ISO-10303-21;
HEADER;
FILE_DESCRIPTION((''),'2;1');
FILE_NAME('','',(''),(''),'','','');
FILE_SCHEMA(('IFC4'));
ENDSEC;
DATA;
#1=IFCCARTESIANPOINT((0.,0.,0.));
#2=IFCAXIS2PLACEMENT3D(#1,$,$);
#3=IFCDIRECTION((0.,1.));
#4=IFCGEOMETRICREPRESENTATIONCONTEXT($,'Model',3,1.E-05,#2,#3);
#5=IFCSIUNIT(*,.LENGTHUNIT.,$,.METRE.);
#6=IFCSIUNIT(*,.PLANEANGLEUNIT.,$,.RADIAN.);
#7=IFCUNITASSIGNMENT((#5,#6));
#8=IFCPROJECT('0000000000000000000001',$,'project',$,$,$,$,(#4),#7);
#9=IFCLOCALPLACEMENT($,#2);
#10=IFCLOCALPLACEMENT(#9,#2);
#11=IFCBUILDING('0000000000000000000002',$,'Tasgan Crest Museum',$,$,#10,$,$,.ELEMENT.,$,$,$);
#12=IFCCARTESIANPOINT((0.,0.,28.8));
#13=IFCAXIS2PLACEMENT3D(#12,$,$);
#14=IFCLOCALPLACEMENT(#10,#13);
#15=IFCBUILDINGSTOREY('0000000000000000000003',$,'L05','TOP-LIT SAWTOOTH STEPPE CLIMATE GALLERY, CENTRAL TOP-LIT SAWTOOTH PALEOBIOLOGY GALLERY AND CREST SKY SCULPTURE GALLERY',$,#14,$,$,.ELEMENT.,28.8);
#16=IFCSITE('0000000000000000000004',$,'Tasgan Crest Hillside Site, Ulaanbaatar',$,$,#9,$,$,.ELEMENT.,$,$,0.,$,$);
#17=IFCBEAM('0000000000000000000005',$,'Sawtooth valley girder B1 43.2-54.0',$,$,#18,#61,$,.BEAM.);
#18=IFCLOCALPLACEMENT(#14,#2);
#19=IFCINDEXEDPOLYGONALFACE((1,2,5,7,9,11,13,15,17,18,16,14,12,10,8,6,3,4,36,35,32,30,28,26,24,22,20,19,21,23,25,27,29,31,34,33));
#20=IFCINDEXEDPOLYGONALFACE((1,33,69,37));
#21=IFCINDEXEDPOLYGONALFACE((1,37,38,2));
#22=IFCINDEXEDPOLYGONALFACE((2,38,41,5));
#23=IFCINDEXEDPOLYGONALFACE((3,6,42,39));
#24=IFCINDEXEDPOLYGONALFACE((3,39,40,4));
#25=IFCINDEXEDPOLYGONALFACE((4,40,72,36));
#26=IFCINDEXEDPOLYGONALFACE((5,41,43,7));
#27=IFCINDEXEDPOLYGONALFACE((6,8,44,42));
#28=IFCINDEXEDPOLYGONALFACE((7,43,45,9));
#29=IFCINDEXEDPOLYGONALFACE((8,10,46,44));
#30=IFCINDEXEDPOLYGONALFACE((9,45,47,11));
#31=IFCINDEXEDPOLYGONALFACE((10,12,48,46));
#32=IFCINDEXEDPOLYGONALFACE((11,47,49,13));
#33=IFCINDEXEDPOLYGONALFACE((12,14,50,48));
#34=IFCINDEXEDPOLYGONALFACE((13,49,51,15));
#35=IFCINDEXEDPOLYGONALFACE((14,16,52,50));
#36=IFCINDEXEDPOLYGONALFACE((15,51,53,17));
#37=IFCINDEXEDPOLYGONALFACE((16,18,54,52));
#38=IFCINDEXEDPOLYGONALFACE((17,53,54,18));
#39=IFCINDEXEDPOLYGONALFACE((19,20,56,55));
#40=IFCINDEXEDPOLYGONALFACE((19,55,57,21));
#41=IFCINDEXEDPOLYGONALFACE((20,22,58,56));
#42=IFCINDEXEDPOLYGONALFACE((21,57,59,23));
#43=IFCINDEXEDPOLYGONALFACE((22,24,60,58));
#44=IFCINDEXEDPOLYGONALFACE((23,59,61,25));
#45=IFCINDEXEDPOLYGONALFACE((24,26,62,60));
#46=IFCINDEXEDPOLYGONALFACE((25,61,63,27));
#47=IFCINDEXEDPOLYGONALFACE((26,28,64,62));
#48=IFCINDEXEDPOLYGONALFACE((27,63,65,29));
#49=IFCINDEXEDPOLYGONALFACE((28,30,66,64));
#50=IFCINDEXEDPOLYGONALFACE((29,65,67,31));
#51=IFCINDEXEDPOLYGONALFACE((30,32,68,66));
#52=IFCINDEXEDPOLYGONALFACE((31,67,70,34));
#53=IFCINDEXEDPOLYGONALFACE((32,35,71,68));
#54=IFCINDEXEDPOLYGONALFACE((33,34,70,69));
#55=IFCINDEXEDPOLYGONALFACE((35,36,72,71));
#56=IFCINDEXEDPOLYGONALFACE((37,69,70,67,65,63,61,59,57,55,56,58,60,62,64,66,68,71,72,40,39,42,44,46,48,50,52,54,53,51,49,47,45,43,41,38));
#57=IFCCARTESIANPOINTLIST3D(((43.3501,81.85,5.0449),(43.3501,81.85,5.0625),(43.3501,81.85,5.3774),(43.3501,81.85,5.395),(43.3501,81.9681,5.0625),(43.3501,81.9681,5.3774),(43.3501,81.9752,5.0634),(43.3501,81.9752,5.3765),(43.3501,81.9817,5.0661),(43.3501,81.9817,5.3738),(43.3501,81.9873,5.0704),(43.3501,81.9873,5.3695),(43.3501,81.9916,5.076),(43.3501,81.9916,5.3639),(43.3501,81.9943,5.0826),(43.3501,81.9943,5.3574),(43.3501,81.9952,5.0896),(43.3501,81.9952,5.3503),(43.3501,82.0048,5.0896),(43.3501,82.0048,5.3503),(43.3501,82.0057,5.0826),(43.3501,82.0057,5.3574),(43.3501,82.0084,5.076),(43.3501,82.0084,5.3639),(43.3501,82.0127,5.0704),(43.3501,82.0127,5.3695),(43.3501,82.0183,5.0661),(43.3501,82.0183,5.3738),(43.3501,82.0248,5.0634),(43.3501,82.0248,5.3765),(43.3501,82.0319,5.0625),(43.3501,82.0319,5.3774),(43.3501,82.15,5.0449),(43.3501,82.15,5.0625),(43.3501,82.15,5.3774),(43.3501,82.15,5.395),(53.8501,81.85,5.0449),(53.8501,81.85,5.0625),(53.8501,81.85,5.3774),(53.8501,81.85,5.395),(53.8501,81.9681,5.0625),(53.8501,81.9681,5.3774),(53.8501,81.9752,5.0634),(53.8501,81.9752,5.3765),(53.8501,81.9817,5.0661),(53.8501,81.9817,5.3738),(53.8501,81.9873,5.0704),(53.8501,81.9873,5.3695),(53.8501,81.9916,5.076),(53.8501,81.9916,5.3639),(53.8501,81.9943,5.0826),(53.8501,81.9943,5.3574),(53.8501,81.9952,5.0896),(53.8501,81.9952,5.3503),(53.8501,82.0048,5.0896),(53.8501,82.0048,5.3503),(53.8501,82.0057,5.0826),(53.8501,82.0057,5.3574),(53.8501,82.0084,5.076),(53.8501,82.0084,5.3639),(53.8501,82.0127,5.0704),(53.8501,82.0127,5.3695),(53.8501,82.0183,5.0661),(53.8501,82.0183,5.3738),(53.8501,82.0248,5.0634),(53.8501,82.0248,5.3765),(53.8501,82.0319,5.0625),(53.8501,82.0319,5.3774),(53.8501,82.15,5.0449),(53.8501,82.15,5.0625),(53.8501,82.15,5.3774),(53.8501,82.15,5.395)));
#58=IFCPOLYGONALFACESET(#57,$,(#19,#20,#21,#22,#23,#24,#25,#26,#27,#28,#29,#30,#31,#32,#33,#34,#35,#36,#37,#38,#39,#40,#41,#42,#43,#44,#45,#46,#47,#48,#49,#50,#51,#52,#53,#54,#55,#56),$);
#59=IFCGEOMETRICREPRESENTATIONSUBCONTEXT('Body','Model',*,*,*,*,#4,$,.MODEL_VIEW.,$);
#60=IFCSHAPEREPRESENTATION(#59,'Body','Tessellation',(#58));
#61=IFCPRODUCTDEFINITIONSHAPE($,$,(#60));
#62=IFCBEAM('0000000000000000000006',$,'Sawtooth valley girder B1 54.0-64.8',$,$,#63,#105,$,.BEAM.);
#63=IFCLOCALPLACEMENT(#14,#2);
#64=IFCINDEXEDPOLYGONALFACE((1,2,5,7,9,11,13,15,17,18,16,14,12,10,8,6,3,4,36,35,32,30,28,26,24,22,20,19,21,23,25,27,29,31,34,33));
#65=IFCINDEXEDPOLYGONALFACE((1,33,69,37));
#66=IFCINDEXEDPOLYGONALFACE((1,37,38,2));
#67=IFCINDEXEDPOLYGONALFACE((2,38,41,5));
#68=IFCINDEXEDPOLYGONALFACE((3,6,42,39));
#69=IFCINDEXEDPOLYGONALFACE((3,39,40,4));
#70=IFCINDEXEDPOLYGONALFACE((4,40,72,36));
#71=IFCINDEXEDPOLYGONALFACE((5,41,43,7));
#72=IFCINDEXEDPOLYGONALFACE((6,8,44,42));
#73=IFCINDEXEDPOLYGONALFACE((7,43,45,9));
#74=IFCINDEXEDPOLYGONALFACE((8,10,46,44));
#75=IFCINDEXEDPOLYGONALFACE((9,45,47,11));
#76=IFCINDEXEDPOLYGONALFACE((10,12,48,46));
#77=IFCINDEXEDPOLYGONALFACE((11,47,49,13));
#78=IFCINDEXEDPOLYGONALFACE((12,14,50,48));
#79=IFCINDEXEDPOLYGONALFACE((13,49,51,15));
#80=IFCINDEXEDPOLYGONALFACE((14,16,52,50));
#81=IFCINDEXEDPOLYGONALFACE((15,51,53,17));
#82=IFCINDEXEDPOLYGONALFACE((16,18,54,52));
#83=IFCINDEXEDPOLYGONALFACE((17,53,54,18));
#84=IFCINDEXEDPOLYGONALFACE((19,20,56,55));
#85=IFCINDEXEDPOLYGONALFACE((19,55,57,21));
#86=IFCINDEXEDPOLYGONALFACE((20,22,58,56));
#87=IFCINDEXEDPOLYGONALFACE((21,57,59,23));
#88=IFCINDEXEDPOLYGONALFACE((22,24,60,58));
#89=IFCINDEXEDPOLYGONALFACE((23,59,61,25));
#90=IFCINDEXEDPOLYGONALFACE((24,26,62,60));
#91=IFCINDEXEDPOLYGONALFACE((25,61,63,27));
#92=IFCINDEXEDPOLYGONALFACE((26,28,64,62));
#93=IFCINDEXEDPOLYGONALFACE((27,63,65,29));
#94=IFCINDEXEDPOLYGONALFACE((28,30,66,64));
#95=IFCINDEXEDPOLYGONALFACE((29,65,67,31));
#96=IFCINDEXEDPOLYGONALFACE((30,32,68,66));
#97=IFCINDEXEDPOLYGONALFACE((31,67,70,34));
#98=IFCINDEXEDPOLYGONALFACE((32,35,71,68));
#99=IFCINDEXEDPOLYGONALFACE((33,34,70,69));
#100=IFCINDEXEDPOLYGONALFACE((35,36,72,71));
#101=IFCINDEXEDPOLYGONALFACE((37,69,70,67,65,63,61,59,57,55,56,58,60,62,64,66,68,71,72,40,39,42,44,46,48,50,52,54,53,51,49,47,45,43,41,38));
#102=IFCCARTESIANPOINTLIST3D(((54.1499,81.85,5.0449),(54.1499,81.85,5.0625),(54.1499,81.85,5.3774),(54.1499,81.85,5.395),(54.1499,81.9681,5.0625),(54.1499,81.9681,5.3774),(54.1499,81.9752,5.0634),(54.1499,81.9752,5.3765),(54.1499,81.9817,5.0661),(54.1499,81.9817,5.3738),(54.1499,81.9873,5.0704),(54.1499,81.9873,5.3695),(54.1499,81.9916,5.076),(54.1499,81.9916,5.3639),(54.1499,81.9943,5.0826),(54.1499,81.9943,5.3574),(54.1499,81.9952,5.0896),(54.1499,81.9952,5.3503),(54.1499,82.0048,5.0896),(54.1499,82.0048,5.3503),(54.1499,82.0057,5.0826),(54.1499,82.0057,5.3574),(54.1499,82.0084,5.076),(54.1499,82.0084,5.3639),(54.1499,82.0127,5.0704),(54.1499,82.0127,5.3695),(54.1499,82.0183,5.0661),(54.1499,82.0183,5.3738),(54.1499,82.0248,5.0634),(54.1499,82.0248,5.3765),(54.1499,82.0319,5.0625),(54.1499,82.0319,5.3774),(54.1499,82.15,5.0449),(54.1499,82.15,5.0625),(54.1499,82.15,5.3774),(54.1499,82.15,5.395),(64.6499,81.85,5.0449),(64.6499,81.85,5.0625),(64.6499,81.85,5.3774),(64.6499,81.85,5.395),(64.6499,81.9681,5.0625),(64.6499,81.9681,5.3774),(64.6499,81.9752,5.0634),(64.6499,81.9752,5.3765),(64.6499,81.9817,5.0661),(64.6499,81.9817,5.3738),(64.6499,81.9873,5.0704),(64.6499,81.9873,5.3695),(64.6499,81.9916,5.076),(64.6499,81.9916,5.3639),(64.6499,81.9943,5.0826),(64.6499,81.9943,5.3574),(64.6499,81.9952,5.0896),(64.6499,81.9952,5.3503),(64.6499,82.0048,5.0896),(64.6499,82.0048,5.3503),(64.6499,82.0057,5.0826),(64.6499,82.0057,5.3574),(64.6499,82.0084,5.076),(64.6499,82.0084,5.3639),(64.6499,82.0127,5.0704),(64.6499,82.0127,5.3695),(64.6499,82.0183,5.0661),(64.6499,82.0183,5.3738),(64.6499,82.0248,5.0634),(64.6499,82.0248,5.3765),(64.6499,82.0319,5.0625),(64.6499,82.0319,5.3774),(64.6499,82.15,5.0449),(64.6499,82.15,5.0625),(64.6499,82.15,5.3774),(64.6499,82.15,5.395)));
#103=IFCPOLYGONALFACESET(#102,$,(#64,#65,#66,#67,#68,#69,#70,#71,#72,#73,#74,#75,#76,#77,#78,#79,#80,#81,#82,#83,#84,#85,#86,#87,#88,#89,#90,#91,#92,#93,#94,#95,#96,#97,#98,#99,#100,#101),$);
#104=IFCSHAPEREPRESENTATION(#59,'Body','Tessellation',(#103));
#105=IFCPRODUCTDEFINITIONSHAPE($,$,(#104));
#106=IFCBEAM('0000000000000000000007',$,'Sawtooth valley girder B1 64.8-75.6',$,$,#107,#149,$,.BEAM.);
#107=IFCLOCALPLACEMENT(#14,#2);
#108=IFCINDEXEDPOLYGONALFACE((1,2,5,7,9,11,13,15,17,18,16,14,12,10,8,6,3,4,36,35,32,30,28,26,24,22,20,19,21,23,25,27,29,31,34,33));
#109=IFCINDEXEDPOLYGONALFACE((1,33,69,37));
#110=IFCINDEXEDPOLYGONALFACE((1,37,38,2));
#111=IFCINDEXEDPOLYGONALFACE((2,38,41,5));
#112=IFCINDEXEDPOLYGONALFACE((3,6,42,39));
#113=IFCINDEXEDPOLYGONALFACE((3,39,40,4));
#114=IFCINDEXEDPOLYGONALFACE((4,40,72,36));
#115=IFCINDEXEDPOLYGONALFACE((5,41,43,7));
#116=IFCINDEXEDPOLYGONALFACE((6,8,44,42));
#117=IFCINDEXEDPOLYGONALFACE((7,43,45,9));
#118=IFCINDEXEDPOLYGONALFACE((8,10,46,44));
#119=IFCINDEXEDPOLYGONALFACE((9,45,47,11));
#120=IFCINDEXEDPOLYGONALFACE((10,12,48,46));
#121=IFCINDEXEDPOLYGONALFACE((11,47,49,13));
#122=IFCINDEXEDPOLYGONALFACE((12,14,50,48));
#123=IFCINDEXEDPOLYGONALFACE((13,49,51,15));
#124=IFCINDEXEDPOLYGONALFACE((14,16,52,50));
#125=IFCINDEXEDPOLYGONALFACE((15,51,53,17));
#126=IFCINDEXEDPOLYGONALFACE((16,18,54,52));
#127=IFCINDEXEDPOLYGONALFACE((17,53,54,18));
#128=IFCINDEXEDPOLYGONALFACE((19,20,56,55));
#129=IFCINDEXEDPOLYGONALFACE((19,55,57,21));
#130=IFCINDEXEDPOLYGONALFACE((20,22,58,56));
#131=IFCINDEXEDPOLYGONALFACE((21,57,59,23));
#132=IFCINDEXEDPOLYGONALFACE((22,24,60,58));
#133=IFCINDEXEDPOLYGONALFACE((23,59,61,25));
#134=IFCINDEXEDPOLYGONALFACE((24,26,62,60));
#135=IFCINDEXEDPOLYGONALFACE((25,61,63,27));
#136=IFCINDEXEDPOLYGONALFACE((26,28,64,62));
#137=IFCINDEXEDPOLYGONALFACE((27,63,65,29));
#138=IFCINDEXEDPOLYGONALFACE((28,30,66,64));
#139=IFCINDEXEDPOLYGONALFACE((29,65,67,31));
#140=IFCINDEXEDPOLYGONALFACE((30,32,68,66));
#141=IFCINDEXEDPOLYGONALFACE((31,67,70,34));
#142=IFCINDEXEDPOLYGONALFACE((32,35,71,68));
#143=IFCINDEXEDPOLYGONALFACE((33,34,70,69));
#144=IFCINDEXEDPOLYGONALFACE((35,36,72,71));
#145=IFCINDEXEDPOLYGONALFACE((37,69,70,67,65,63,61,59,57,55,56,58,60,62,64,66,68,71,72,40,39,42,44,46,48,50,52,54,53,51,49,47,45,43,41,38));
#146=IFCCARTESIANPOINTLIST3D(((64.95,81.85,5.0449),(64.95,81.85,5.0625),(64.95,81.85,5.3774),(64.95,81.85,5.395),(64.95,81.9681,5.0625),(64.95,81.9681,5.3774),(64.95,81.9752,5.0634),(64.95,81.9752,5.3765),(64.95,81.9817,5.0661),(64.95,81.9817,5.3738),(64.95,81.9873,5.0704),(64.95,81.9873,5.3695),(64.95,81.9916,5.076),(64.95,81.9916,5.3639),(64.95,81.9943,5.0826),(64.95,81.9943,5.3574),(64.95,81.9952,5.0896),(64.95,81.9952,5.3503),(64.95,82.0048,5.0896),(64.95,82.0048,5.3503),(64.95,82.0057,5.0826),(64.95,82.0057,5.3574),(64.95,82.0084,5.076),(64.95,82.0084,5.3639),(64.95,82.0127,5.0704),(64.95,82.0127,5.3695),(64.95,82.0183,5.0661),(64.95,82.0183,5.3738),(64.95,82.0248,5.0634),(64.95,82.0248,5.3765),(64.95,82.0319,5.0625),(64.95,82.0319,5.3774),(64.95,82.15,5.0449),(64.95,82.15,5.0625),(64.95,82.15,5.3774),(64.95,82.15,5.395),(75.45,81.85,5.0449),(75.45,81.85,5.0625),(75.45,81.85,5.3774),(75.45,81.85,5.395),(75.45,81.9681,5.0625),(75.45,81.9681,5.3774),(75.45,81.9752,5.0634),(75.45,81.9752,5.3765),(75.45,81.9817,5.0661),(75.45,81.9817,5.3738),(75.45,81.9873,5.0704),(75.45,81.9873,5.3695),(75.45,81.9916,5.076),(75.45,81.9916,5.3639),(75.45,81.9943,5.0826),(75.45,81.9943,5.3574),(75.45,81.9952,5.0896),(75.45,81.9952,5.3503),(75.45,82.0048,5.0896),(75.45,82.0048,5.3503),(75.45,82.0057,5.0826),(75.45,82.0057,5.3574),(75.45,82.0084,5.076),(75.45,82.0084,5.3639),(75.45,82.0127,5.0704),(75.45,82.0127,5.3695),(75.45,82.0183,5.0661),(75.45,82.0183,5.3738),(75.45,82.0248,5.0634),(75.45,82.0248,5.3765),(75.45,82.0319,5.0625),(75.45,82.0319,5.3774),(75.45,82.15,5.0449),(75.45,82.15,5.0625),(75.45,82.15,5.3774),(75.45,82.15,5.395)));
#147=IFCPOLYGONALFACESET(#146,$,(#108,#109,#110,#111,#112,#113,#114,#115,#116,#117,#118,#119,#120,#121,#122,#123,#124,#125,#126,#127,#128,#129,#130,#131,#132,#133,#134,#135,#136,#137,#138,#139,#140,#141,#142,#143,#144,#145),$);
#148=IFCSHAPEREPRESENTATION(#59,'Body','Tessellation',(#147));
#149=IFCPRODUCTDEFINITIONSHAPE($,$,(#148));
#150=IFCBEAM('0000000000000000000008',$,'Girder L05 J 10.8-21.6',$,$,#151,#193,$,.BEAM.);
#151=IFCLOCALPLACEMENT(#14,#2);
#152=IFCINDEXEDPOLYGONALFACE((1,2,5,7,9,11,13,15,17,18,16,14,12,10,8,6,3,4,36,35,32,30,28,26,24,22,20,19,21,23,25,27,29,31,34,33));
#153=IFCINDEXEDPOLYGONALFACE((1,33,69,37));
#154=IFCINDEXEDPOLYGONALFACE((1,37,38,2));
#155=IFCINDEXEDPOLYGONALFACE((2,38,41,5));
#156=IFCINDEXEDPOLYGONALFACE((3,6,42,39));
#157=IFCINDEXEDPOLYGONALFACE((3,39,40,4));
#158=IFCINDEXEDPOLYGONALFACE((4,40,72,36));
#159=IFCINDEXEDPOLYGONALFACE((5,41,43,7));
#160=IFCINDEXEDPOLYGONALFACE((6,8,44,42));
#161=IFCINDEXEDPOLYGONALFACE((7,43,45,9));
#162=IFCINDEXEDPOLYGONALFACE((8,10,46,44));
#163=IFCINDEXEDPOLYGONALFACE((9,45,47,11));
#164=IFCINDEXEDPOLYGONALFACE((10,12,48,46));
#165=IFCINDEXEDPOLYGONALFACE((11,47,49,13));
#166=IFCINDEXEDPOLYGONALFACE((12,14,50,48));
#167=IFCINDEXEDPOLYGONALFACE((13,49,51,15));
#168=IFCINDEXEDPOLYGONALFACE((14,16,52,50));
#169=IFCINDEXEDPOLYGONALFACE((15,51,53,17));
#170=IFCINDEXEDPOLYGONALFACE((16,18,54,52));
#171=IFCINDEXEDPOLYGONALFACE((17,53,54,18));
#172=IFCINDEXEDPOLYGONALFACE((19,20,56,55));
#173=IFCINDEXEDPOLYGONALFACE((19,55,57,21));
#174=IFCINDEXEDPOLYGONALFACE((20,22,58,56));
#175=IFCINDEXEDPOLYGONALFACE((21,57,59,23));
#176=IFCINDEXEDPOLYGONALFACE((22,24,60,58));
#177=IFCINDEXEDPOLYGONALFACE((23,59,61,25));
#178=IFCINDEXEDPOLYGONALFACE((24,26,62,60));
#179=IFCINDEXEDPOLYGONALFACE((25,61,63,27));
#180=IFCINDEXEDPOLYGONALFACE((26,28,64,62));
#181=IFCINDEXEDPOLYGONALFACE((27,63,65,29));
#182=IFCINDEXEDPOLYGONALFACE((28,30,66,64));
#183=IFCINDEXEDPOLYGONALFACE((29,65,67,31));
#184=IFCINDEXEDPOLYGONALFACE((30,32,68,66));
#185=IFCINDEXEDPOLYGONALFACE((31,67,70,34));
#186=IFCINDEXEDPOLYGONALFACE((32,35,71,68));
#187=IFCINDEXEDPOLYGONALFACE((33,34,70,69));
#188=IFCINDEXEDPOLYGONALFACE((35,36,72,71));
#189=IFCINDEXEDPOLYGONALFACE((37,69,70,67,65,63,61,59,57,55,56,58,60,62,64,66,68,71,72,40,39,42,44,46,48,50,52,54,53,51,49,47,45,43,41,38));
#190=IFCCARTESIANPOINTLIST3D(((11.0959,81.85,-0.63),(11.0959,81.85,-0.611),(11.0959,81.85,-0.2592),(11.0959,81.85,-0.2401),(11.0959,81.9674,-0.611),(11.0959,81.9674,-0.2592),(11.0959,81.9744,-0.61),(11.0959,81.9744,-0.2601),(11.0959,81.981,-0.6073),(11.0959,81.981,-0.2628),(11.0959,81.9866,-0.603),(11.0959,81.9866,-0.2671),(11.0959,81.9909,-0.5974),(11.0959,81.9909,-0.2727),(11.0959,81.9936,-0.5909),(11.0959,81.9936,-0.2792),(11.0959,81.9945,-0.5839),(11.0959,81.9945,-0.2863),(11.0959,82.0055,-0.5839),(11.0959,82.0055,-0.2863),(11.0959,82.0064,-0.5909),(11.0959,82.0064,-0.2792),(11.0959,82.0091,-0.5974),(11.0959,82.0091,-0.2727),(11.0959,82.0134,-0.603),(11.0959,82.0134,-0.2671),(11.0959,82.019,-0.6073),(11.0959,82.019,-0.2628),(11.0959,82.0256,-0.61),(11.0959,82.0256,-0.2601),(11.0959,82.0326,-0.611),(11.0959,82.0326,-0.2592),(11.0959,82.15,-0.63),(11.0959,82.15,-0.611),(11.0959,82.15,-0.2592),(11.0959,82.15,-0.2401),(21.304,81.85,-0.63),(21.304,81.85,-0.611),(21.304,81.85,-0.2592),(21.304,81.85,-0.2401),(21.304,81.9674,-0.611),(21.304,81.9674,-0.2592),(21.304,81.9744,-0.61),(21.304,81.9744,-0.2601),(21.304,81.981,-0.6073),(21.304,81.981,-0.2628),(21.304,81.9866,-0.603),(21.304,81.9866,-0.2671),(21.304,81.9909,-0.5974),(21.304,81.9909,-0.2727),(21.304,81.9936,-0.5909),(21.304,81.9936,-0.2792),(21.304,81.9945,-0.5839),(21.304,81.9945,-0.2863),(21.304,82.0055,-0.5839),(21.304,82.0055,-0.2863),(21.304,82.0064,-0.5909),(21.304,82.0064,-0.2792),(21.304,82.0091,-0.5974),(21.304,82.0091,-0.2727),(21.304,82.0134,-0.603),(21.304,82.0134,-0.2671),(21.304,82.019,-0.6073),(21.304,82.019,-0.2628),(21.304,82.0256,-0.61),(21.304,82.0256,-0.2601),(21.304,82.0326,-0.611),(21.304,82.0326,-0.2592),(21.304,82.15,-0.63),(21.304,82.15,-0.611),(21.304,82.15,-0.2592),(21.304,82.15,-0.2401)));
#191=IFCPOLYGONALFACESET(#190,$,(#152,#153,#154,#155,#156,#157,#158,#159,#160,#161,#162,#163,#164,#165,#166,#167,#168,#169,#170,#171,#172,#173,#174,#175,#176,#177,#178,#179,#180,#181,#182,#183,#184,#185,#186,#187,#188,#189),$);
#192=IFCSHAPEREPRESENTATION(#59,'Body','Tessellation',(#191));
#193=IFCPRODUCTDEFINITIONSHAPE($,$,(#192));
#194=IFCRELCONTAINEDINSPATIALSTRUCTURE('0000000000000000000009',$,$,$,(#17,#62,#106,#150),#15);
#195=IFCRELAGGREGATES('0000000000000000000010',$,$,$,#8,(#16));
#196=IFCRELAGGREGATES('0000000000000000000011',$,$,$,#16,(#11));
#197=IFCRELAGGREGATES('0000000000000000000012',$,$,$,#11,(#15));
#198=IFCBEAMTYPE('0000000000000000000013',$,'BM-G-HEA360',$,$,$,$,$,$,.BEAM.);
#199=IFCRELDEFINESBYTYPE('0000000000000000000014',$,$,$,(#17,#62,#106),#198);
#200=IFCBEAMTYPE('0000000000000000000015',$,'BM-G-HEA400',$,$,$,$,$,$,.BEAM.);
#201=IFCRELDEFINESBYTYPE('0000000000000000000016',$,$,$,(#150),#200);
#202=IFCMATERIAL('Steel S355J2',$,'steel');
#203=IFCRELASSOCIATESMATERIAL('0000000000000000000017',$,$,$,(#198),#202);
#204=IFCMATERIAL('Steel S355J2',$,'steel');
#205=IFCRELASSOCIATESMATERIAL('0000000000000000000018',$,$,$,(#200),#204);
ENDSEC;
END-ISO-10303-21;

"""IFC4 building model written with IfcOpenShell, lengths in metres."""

from ifc_helpers import new_model, si_unit, direction, frame, origin, origin_2d, place, context, subcontext, project, spatial, i_section, extrude, material, material_profile, profile_set, type_object, element, save


model = new_model("IFC4")

# Units and contexts
model_context = context("Model", 3, precision=1e-05, world=origin(), true_north=direction((0.0, 1.0)))
body_context = subcontext(model_context, "Body", "Model", "MODEL_VIEW")
ifc_project = project(units=[si_unit("LENGTHUNIT", "METRE"), si_unit("PLANEANGLEUNIT", "RADIAN")], contexts=[model_context])

# Site, building, storey
site_placement = place(None, origin())
site = spatial("IfcSite", under=ifc_project, at=site_placement, Name="Tasgan Crest Hillside Site, Ulaanbaatar", CompositionType="ELEMENT", RefElevation=0.0)
building_placement = place(site_placement, origin())
building = spatial("IfcBuilding", under=site, at=building_placement, Name="Tasgan Crest Museum", CompositionType="ELEMENT")
storey_placement = place(building_placement, frame((0.0, 0.0, 28.8)))
storey = spatial("IfcBuildingStorey", under=building, at=storey_placement, Name="L05", Description="TOP-LIT SAWTOOTH STEPPE CLIMATE GALLERY, CENTRAL TOP-LIT SAWTOOTH PALEOBIOLOGY GALLERY AND CREST SKY SCULPTURE GALLERY", CompositionType="ELEMENT", Elevation=28.8)

# Beams
ifc_material_1 = material(Name="Steel S355J2", Category="steel")
ifc_material_profile_1 = material_profile(ifc_material_1, i_section(OverallWidth=0.3, OverallDepth=0.3501, WebThickness=0.0095, FlangeThickness=0.0176, FilletRadius=0.0271, at=origin_2d()), Name="HEA 360")
ifc_profile_set_1 = profile_set([ifc_material_profile_1], Name="Steel S355J2")
beam_type_1 = type_object("IfcBeamType", Name="BM-G-HEA360", PredefinedType="BEAM", material=ifc_profile_set_1)
for number, where, z_axis, x_axis, name in (
    (1, (43.3501, 82.0, 5.22), (1.0, 0.0, 0.0), (0.0, 1.0, 0.0), "Sawtooth valley girder B1 43.2-54.0"),
    (2, (54.1499, 82.0, 5.22), (1.0, 0.0, 0.0), (0.0, 1.0, 0.0), "Sawtooth valley girder B1 54.0-64.8"),
    (3, (64.95, 82.0, 5.22), (1.0, 0.0, 0.0), (0.0, 1.0, 0.0), "Sawtooth valley girder B1 64.8-75.6"),
):
    element("IfcBeam", number, at=place(storey_placement, frame(where, z_axis=z_axis, x_axis=x_axis)), inside=storey, type_object=beam_type_1, Name=name, PredefinedType="BEAM", context=body_context, shape_type="SweptSolid", body=[
        extrude(i_section(OverallWidth=0.3, OverallDepth=0.3501, WebThickness=0.0095, FlangeThickness=0.0176, FilletRadius=0.0271, at=origin_2d()), origin(), (0.0, 0.0, 1.0), 10.5),
    ])
ifc_material_2 = material(Name="Steel S355J2", Category="steel")
ifc_material_profile_2 = material_profile(ifc_material_2, i_section(OverallWidth=0.3, OverallDepth=0.3899, WebThickness=0.011, FlangeThickness=0.019, FilletRadius=0.0271, at=origin_2d()), Name="HEA 400")
ifc_profile_set_2 = profile_set([ifc_material_profile_2], Name="Steel S355J2")
beam_type_2 = type_object("IfcBeamType", Name="BM-G-HEA400", PredefinedType="BEAM", material=ifc_profile_set_2)
beam_1_placement = place(storey_placement, frame((11.0959, 82.0, -0.4351), z_axis=(1.0, 0.0, 0.0), x_axis=(0.0, 1.0, 0.0)))
element("IfcBeam", 4, at=beam_1_placement, inside=storey, type_object=beam_type_2, Name="Girder L05 J 10.8-21.6", PredefinedType="BEAM", context=body_context, shape_type="SweptSolid", body=[
    extrude(i_section(OverallWidth=0.3, OverallDepth=0.3899, WebThickness=0.011, FlangeThickness=0.019, FilletRadius=0.0271, at=origin_2d()), origin(), (0.0, 0.0, 1.0), 10.208),
])

save(model, "model.ifc")
